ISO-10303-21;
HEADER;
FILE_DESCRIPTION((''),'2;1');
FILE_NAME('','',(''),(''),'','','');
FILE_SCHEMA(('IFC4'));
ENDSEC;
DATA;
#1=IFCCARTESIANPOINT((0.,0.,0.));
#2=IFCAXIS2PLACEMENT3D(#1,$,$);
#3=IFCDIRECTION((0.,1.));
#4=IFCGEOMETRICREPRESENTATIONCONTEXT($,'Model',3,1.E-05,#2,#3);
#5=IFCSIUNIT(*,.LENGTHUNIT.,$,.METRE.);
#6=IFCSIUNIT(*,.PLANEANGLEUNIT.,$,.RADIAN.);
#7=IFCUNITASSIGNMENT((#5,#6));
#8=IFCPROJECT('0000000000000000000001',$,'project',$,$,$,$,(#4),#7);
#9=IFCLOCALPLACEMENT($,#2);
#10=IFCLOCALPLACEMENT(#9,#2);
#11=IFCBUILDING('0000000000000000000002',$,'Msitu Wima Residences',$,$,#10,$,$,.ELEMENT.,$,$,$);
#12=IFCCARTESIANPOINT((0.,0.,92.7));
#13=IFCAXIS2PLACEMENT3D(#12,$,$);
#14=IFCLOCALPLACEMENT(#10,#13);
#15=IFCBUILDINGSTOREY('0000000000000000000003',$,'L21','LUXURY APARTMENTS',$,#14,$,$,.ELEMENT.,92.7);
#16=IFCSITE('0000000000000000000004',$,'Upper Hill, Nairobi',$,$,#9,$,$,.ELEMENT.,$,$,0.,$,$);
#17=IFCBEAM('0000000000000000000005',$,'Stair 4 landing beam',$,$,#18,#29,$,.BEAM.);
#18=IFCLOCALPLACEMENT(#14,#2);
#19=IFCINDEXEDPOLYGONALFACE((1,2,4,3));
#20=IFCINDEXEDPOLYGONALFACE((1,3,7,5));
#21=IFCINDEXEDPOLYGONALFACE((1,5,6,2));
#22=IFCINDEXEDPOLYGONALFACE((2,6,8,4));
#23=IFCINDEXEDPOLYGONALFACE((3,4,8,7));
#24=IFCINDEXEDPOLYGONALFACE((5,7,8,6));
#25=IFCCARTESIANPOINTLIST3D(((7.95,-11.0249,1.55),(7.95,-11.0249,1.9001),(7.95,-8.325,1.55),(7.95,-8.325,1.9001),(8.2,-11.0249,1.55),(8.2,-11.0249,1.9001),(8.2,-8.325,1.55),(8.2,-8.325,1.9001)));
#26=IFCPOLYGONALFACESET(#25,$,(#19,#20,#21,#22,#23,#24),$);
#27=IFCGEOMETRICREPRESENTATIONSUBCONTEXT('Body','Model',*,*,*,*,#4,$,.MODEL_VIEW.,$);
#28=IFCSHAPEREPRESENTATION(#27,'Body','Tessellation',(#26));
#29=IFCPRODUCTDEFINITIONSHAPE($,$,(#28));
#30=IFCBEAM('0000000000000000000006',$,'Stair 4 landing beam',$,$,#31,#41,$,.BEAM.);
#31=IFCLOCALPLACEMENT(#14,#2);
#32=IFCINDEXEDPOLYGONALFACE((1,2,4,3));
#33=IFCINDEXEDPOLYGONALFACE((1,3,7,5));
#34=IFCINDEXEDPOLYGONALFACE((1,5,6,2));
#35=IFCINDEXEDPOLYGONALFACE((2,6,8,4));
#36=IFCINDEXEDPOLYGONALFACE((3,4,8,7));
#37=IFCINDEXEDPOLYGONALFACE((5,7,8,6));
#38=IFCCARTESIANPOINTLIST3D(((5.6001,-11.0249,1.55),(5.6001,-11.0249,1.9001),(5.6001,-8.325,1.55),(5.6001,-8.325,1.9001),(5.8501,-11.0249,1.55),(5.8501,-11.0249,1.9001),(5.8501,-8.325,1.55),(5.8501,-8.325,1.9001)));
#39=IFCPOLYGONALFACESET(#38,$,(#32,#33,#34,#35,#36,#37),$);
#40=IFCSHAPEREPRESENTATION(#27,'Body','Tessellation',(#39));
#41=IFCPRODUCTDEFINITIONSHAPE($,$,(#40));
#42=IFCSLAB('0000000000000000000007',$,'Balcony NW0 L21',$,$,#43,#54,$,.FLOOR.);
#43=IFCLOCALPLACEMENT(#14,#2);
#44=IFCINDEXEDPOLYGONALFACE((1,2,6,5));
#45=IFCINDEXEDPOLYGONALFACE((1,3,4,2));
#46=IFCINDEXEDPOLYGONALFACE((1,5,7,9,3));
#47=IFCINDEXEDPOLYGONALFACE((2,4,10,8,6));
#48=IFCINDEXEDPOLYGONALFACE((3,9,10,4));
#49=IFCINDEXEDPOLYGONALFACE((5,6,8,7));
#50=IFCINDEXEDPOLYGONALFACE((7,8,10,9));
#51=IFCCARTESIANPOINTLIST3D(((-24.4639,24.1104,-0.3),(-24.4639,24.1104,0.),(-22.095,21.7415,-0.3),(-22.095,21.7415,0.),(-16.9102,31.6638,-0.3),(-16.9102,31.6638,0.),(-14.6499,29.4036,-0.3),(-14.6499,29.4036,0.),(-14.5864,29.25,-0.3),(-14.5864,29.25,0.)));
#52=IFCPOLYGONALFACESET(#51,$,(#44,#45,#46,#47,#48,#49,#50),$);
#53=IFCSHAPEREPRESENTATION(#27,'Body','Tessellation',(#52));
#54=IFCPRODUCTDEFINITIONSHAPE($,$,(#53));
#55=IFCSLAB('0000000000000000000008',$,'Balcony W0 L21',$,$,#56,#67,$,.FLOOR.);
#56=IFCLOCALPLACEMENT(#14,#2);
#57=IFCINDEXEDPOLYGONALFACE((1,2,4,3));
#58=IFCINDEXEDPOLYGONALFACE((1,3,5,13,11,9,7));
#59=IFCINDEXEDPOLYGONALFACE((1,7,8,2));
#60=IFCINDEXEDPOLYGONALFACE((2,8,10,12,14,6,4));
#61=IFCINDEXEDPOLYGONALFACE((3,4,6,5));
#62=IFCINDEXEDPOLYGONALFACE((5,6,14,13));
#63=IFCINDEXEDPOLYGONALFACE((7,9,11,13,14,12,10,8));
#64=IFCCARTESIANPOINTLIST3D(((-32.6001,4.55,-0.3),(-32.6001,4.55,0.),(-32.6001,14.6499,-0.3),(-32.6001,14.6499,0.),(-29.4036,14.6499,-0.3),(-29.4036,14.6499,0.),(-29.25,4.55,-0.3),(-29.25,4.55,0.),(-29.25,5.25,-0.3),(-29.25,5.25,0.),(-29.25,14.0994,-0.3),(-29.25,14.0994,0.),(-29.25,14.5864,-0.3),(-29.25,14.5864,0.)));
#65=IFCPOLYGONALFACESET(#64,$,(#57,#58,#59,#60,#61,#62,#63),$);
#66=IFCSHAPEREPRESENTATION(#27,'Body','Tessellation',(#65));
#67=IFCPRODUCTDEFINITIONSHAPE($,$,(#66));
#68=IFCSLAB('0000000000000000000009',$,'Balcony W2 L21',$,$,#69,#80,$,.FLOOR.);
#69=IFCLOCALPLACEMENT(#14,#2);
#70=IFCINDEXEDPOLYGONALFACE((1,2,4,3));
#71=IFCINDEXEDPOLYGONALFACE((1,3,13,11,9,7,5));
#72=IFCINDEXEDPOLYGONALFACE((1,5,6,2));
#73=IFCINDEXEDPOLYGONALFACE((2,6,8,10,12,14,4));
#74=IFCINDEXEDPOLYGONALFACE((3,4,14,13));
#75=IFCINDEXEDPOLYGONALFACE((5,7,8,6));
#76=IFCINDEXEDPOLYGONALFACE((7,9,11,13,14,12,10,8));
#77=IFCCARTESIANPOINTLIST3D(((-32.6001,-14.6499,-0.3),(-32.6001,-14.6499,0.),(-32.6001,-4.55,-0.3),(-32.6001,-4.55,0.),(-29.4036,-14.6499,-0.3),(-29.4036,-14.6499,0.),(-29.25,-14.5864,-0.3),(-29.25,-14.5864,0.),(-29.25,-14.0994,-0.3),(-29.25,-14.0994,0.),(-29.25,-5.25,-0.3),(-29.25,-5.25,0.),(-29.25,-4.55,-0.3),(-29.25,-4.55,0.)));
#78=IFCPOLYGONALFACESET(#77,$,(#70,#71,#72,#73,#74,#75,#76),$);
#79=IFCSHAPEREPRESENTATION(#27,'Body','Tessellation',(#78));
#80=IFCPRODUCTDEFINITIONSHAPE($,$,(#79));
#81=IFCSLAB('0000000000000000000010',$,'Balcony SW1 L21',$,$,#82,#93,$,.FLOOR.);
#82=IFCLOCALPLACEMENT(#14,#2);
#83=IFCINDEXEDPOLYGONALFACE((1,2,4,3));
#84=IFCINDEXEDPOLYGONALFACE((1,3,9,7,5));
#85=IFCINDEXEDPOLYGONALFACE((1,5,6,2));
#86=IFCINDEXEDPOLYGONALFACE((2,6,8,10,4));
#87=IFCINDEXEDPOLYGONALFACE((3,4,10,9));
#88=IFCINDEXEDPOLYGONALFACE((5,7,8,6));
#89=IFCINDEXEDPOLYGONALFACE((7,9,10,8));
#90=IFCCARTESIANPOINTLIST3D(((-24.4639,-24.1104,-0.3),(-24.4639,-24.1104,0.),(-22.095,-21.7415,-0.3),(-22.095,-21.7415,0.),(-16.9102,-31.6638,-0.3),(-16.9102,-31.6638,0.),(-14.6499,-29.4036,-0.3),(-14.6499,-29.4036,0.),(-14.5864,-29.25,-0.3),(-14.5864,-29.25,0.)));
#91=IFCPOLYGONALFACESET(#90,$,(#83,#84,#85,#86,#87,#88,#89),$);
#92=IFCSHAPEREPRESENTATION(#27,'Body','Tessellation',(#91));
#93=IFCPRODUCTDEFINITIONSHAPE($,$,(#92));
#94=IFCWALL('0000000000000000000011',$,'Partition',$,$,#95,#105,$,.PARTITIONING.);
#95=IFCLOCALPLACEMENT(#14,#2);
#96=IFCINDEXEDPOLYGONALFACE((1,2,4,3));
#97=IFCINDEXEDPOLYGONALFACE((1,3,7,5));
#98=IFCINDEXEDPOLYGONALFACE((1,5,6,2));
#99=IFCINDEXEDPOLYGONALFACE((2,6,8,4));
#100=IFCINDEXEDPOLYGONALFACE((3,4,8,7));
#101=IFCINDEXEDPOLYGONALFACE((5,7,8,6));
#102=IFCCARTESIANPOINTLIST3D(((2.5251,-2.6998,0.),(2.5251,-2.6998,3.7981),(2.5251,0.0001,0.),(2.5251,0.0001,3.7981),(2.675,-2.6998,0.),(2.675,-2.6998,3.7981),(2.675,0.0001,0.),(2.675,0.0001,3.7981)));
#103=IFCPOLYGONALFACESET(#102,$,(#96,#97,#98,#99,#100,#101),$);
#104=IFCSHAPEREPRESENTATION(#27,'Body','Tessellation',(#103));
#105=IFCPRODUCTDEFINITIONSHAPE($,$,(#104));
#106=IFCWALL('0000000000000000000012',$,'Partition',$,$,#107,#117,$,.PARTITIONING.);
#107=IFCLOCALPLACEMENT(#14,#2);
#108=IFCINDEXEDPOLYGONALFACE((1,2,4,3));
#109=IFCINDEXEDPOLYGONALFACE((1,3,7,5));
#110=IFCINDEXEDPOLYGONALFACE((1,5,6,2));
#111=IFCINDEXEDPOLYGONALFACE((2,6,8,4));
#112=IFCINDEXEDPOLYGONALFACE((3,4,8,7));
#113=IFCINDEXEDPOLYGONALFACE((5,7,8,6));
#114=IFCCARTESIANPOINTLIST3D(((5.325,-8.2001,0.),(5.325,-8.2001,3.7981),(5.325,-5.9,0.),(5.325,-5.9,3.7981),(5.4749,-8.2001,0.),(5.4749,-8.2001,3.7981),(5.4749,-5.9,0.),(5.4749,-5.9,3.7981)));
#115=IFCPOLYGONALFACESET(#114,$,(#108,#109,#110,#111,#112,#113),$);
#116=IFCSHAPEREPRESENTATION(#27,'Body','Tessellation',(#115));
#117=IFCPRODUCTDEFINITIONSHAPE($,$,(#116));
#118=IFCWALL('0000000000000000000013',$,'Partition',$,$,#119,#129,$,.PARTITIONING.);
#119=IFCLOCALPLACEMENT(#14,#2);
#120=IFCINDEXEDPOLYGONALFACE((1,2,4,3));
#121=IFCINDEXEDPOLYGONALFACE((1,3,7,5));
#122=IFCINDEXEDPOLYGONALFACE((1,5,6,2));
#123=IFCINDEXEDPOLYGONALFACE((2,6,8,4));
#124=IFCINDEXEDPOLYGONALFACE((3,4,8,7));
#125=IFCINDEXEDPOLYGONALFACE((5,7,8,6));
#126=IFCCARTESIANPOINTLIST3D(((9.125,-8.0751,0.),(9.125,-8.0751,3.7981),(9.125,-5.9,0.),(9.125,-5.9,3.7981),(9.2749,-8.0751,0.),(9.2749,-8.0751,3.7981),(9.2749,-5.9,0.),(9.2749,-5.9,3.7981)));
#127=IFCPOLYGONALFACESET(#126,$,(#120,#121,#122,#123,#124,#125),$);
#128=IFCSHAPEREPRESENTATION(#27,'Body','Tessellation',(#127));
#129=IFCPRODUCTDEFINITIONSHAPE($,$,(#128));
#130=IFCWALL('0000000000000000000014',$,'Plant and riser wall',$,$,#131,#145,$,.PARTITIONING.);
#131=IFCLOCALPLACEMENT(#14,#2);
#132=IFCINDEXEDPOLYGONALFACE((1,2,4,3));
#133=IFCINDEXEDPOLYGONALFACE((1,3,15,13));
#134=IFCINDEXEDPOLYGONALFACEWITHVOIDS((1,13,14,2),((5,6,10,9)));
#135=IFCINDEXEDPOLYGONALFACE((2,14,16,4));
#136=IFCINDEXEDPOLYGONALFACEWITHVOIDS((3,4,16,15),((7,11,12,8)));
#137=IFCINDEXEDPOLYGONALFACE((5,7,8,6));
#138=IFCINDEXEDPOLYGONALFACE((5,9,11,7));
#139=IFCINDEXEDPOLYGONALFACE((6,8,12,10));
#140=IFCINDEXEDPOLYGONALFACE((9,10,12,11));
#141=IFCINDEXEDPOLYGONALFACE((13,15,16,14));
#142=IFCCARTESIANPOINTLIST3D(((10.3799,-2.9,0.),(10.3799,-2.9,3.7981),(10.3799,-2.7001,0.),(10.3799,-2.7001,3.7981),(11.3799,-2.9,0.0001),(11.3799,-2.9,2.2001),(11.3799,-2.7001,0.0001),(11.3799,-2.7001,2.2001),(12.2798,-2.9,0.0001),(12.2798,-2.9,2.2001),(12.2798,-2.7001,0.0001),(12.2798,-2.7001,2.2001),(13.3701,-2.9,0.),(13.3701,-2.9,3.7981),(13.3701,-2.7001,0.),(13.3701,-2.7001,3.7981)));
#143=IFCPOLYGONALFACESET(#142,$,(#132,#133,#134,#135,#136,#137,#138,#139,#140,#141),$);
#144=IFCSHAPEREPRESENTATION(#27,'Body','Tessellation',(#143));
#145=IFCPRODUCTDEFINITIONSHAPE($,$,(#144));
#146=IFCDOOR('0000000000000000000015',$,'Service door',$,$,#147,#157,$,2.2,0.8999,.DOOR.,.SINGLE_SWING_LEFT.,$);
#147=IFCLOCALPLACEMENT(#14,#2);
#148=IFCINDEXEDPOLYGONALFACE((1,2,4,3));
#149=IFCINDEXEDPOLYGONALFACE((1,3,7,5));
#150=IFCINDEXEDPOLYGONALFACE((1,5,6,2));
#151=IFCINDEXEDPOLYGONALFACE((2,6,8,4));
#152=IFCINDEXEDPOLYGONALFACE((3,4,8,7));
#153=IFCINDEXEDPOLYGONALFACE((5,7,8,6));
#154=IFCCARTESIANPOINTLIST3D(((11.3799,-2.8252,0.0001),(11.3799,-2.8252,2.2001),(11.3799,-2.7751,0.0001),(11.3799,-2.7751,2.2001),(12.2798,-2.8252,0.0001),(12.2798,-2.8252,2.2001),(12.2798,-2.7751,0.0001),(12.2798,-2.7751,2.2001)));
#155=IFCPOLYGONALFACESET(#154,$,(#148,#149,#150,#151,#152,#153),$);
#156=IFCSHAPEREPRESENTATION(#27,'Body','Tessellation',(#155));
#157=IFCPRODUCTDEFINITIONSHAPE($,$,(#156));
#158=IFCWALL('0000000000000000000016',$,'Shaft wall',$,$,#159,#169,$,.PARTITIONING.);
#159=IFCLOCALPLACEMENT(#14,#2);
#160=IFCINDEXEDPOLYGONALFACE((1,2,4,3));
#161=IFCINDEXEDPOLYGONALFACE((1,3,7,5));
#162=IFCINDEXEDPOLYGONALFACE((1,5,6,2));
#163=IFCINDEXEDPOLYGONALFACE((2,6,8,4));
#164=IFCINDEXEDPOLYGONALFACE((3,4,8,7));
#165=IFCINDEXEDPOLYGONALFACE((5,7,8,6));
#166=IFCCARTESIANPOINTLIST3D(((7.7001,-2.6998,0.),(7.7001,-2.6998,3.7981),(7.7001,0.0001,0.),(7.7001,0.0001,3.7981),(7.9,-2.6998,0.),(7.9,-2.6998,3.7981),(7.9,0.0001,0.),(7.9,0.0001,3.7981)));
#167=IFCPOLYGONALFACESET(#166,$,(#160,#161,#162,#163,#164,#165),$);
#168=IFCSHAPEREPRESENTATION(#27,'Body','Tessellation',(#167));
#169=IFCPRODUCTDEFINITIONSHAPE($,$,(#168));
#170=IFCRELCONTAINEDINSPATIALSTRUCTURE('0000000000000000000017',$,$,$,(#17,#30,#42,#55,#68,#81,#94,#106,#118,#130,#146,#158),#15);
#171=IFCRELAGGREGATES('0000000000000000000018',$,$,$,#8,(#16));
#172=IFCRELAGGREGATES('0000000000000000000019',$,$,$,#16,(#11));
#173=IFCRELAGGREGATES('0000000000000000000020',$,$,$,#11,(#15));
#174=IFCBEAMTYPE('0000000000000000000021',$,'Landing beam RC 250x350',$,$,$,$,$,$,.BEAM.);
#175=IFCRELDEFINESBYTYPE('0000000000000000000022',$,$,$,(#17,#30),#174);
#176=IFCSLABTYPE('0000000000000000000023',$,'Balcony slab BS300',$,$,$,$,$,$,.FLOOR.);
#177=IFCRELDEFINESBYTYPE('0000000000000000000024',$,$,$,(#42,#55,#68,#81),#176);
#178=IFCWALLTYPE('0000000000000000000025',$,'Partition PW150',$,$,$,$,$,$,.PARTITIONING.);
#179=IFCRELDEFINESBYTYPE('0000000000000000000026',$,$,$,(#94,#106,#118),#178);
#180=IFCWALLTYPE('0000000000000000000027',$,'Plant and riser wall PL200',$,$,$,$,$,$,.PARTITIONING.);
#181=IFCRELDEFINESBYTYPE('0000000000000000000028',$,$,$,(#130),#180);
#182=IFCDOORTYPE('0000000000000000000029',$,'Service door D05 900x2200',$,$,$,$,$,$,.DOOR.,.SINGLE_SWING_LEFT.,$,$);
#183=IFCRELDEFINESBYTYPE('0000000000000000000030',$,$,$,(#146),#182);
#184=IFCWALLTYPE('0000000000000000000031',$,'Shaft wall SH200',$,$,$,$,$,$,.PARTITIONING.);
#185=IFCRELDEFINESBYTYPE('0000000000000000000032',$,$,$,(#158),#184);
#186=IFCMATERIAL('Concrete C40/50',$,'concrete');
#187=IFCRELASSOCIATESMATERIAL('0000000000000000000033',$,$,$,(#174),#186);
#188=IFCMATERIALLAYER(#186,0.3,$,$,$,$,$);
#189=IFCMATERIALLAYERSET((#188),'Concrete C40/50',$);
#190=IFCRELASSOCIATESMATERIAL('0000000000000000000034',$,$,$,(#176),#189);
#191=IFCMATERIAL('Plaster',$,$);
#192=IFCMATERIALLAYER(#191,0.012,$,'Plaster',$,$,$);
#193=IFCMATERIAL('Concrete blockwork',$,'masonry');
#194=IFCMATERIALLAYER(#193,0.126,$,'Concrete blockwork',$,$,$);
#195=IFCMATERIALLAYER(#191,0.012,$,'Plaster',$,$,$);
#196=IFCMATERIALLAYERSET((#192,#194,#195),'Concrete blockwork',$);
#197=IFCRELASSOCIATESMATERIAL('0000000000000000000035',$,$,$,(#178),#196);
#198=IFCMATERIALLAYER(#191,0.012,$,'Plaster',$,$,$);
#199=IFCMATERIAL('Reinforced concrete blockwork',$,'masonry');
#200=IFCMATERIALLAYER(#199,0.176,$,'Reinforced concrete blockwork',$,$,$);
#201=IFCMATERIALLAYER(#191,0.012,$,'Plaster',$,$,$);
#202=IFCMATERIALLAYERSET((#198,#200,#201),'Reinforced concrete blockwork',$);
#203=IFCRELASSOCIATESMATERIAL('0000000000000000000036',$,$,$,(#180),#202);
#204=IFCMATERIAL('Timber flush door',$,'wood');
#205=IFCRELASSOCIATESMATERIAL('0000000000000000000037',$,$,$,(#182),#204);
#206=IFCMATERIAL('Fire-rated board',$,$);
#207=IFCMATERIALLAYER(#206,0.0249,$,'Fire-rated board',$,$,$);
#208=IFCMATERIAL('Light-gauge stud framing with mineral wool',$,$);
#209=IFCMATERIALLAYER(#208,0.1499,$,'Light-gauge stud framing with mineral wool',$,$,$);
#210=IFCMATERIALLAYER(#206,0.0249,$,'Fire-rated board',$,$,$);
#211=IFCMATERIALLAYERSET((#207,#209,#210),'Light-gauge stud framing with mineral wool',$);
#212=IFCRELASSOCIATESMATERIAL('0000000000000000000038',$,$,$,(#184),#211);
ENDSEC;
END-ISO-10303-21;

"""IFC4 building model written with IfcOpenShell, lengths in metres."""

from ifc_helpers import new_model, si_unit, direction, frame, frame_2d, origin, origin_2d, place, context, subcontext, project, spatial, polyline, rectangle, outline, extrude, material, layer, layer_set, material_profile, profile_set, type_object, element, fill, save


model = new_model("IFC4")

# Units and contexts
model_context = context("Model", 3, precision=1e-05, world=origin(), true_north=direction((0.0, 1.0)))
body_context = subcontext(model_context, "Body", "Model", "MODEL_VIEW")
ifc_project = project(units=[si_unit("LENGTHUNIT", "METRE"), si_unit("PLANEANGLEUNIT", "RADIAN")], contexts=[model_context])

# Site, building, storey
site_placement = place(None, origin())
site = spatial("IfcSite", under=ifc_project, at=site_placement, Name="Upper Hill, Nairobi", CompositionType="ELEMENT", RefElevation=0.0)
building_placement = place(site_placement, origin())
building = spatial("IfcBuilding", under=site, at=building_placement, Name="Msitu Wima Residences", CompositionType="ELEMENT")
storey_placement = place(building_placement, frame((0.0, 0.0, 92.7)))
storey = spatial("IfcBuildingStorey", under=building, at=storey_placement, Name="L21", Description="LUXURY APARTMENTS", CompositionType="ELEMENT", Elevation=92.7)

# Beams
ifc_material_1 = material(Name="Concrete C40/50", Category="concrete")
ifc_material_profile = material_profile(ifc_material_1, rectangle(XDim=0.25, YDim=0.3501, at=origin_2d()), Name="RC 250x350")
ifc_profile_set = profile_set([ifc_material_profile], Name="Concrete C40/50")
beam_type = type_object("IfcBeamType", Name="Landing beam RC 250x350", PredefinedType="BEAM", material=ifc_profile_set)
for number, where, z_axis, x_axis, name in (
    (1, (8.075, -11.0249, 1.7251), (0.0, 1.0, 0.0), (-1.0, 0.0, 0.0), "Stair 4 landing beam"),
    (2, (5.7251, -11.0249, 1.7251), (0.0, 1.0, 0.0), (-1.0, 0.0, 0.0), "Stair 4 landing beam"),
):
    element("IfcBeam", number, at=place(storey_placement, frame(where, z_axis=z_axis, x_axis=x_axis)), inside=storey, type_object=beam_type, Name=name, PredefinedType="BEAM", context=body_context, shape_type="SweptSolid", body=[
        extrude(rectangle(XDim=0.25, YDim=0.3501, at=origin_2d()), origin(), (0.0, 0.0, 1.0), 2.7),
    ])

# Slabs
ifc_layer_1 = layer(ifc_material_1, 0.3)
ifc_layer_set_1 = layer_set([ifc_layer_1], Name="Concrete C40/50")
slab_type = type_object("IfcSlabType", Name="Balcony slab BS300", PredefinedType="FLOOR", material=ifc_layer_set_1)
slab_1_placement = place(storey_placement, frame((0.0, 0.0, -0.3)))
element("IfcSlab", 3, at=slab_1_placement, inside=storey, type_object=slab_type, Name="Balcony NW0 L21", PredefinedType="FLOOR", context=body_context, shape_type="SweptSolid", body=[
    extrude(outline(polyline([(-24.4639, 24.1104), (-16.9102, 31.6638), (-14.6499, 29.4036), (-14.5864, 29.25), (-22.095, 21.7415), (-24.4639, 24.1104)])), origin(), (0.0, 0.0, 1.0), 0.3),
])
slab_2_placement = place(storey_placement, frame((0.0, 0.0, -0.3)))
element("IfcSlab", 4, at=slab_2_placement, inside=storey, type_object=slab_type, Name="Balcony W0 L21", PredefinedType="FLOOR", context=body_context, shape_type="SweptSolid", body=[
    extrude(outline(polyline([(-29.25, 14.0994), (-29.25, 14.0994), (-29.25, 5.25), (-29.25, 4.55), (-32.6001, 4.55), (-32.6001, 14.6499), (-29.4036, 14.6499), (-29.25, 14.5864), (-29.25, 14.0994), (-29.25, 14.0994)])), origin(), (0.0, 0.0, 1.0), 0.3),
])
slab_3_placement = place(storey_placement, frame((0.0, 0.0, -0.3)))
element("IfcSlab", 5, at=slab_3_placement, inside=storey, type_object=slab_type, Name="Balcony W2 L21", PredefinedType="FLOOR", context=body_context, shape_type="SweptSolid", body=[
    extrude(outline(polyline([(-29.25, -14.0994), (-29.25, -14.0994), (-29.25, -14.0994), (-29.25, -14.5864), (-29.4036, -14.6499), (-32.6001, -14.6499), (-32.6001, -4.55), (-29.25, -4.55), (-29.25, -5.25), (-29.25, -14.0994)])), origin(), (0.0, 0.0, 1.0), 0.3),
])
slab_4_placement = place(storey_placement, frame((0.0, 0.0, -0.3)))
element("IfcSlab", 6, at=slab_4_placement, inside=storey, type_object=slab_type, Name="Balcony SW1 L21", PredefinedType="FLOOR", context=body_context, shape_type="SweptSolid", body=[
    extrude(outline(polyline([(-16.9102, -31.6638), (-24.4639, -24.1104), (-22.095, -21.7415), (-14.5864, -29.25), (-14.6499, -29.4036), (-16.9102, -31.6638)])), origin(), (0.0, 0.0, 1.0), 0.3),
])

# Walls
ifc_material_2 = material(Name="Plaster")
ifc_layer_2 = layer(ifc_material_2, 0.012, Name="Plaster")
ifc_material_3 = material(Name="Concrete blockwork", Category="masonry")
ifc_layer_3 = layer(ifc_material_3, 0.126, Name="Concrete blockwork")
ifc_layer_4 = layer(ifc_material_2, 0.012, Name="Plaster")
ifc_layer_set_2 = layer_set([ifc_layer_2, ifc_layer_3, ifc_layer_4], Name="Concrete blockwork")
wall_type_1 = type_object("IfcWallType", Name="Partition PW150", PredefinedType="PARTITIONING", material=ifc_layer_set_2)
wall_1_placement = place(storey_placement, frame((2.6001, -2.7, 0.0), z_axis=(0.0, 0.0, 1.0), x_axis=(0.0, 1.0, 0.0)))
element("IfcWall", 7, at=wall_1_placement, inside=storey, type_object=wall_type_1, Name="Partition", PredefinedType="PARTITIONING", context=body_context, shape_type="SweptSolid", body=[
    extrude(rectangle(XDim=2.7, YDim=0.1499, at=frame_2d((1.3501, 0.0))), origin(), (0.0, 0.0, 1.0), 3.7981),
])
wall_2_placement = place(storey_placement, frame((5.3999, -8.2, 0.0), z_axis=(0.0, 0.0, 1.0), x_axis=(0.0, 1.0, 0.0)))
element("IfcWall", 8, at=wall_2_placement, inside=storey, type_object=wall_type_1, Name="Partition", PredefinedType="PARTITIONING", context=body_context, shape_type="SweptSolid", body=[
    extrude(rectangle(XDim=2.3, YDim=0.1499, at=frame_2d((1.1499, 0.0))), origin(), (0.0, 0.0, 1.0), 3.7981),
])
wall_3_placement = place(storey_placement, frame((9.2, -8.075, 0.0), z_axis=(0.0, 0.0, 1.0), x_axis=(0.0, 1.0, 0.0)))
element("IfcWall", 9, at=wall_3_placement, inside=storey, type_object=wall_type_1, Name="Partition", PredefinedType="PARTITIONING", context=body_context, shape_type="SweptSolid", body=[
    extrude(rectangle(XDim=2.175, YDim=0.1499, at=frame_2d((1.0874, 0.0))), origin(), (0.0, 0.0, 1.0), 3.7981),
])

# Wall, opening, door
ifc_layer_5 = layer(ifc_material_2, 0.012, Name="Plaster")
ifc_material_4 = material(Name="Reinforced concrete blockwork", Category="masonry")
ifc_layer_6 = layer(ifc_material_4, 0.176, Name="Reinforced concrete blockwork")
ifc_layer_7 = layer(ifc_material_2, 0.012, Name="Plaster")
ifc_layer_set_3 = layer_set([ifc_layer_5, ifc_layer_6, ifc_layer_7], Name="Reinforced concrete blockwork")
wall_type_2 = type_object("IfcWallType", Name="Plant and riser wall PL200", PredefinedType="PARTITIONING", material=ifc_layer_set_3)
wall_4_placement = place(storey_placement, frame((10.3799, -2.8, 0.0), z_axis=(0.0, 0.0, 1.0), x_axis=(1.0, 0.0, 0.0)))
wall_4 = element("IfcWall", 10, at=wall_4_placement, inside=storey, type_object=wall_type_2, Name="Plant and riser wall", PredefinedType="PARTITIONING", context=body_context, shape_type="SweptSolid", body=[
    extrude(rectangle(XDim=2.9902, YDim=0.2, at=frame_2d((1.4951, 0.0))), origin(), (0.0, 0.0, 1.0), 3.7981),
])
opening_placement = place(wall_4_placement, frame((1.0, 0.0, 0.0)))
opening = element("IfcOpeningElement", 11, at=opening_placement, cuts=wall_4, PredefinedType="OPENING", context=body_context, shape_type="SweptSolid", body=[
    extrude(rectangle(XDim=0.8999, YDim=2.2, at=frame_2d((0.45, 1.1001))), frame((0.0, 0.1099, 0.0), z_axis=(0.0, -1.0, 0.0), x_axis=(1.0, 0.0, 0.0)), (0.0, 0.0, 1.0), 0.22),
])
ifc_material_5 = material(Name="Timber flush door", Category="wood")
door_type = type_object("IfcDoorType", Name="Service door D05 900x2200", OperationType="SINGLE_SWING_LEFT", PredefinedType="DOOR", material=ifc_material_5)
door_placement = place(opening_placement, origin())
door = element("IfcDoor", 12, at=door_placement, inside=storey, type_object=door_type, Name="Service door", OperationType="SINGLE_SWING_LEFT", OverallHeight=2.2, OverallWidth=0.8999, PredefinedType="DOOR", context=body_context, shape_type="SweptSolid", body=[
    extrude(rectangle(XDim=0.8999, YDim=2.2, at=frame_2d((0.45, 1.1001))), frame((0.0, 0.0249, 0.0), z_axis=(0.0, -1.0, 0.0), x_axis=(1.0, 0.0, 0.0)), (0.0, 0.0, 1.0), 0.05),
])
fill(opening, door)

# Wall
ifc_material_6 = material(Name="Fire-rated board")
ifc_layer_8 = layer(ifc_material_6, 0.0249, Name="Fire-rated board")
ifc_material_7 = material(Name="Light-gauge stud framing with mineral wool")
ifc_layer_9 = layer(ifc_material_7, 0.1499, Name="Light-gauge stud framing with mineral wool")
ifc_layer_10 = layer(ifc_material_6, 0.0249, Name="Fire-rated board")
ifc_layer_set_4 = layer_set([ifc_layer_8, ifc_layer_9, ifc_layer_10], Name="Light-gauge stud framing with mineral wool")
wall_type_3 = type_object("IfcWallType", Name="Shaft wall SH200", PredefinedType="PARTITIONING", material=ifc_layer_set_4)
wall_5_placement = place(storey_placement, frame((7.8, -2.7, 0.0), z_axis=(0.0, 0.0, 1.0), x_axis=(0.0, 1.0, 0.0)))
element("IfcWall", 13, at=wall_5_placement, inside=storey, type_object=wall_type_3, Name="Shaft wall", PredefinedType="PARTITIONING", context=body_context, shape_type="SweptSolid", body=[
    extrude(rectangle(XDim=2.7, YDim=0.2, at=frame_2d((1.3501, 0.0))), origin(), (0.0, 0.0, 1.0), 3.7981),
])

save(model, "model.ifc")
